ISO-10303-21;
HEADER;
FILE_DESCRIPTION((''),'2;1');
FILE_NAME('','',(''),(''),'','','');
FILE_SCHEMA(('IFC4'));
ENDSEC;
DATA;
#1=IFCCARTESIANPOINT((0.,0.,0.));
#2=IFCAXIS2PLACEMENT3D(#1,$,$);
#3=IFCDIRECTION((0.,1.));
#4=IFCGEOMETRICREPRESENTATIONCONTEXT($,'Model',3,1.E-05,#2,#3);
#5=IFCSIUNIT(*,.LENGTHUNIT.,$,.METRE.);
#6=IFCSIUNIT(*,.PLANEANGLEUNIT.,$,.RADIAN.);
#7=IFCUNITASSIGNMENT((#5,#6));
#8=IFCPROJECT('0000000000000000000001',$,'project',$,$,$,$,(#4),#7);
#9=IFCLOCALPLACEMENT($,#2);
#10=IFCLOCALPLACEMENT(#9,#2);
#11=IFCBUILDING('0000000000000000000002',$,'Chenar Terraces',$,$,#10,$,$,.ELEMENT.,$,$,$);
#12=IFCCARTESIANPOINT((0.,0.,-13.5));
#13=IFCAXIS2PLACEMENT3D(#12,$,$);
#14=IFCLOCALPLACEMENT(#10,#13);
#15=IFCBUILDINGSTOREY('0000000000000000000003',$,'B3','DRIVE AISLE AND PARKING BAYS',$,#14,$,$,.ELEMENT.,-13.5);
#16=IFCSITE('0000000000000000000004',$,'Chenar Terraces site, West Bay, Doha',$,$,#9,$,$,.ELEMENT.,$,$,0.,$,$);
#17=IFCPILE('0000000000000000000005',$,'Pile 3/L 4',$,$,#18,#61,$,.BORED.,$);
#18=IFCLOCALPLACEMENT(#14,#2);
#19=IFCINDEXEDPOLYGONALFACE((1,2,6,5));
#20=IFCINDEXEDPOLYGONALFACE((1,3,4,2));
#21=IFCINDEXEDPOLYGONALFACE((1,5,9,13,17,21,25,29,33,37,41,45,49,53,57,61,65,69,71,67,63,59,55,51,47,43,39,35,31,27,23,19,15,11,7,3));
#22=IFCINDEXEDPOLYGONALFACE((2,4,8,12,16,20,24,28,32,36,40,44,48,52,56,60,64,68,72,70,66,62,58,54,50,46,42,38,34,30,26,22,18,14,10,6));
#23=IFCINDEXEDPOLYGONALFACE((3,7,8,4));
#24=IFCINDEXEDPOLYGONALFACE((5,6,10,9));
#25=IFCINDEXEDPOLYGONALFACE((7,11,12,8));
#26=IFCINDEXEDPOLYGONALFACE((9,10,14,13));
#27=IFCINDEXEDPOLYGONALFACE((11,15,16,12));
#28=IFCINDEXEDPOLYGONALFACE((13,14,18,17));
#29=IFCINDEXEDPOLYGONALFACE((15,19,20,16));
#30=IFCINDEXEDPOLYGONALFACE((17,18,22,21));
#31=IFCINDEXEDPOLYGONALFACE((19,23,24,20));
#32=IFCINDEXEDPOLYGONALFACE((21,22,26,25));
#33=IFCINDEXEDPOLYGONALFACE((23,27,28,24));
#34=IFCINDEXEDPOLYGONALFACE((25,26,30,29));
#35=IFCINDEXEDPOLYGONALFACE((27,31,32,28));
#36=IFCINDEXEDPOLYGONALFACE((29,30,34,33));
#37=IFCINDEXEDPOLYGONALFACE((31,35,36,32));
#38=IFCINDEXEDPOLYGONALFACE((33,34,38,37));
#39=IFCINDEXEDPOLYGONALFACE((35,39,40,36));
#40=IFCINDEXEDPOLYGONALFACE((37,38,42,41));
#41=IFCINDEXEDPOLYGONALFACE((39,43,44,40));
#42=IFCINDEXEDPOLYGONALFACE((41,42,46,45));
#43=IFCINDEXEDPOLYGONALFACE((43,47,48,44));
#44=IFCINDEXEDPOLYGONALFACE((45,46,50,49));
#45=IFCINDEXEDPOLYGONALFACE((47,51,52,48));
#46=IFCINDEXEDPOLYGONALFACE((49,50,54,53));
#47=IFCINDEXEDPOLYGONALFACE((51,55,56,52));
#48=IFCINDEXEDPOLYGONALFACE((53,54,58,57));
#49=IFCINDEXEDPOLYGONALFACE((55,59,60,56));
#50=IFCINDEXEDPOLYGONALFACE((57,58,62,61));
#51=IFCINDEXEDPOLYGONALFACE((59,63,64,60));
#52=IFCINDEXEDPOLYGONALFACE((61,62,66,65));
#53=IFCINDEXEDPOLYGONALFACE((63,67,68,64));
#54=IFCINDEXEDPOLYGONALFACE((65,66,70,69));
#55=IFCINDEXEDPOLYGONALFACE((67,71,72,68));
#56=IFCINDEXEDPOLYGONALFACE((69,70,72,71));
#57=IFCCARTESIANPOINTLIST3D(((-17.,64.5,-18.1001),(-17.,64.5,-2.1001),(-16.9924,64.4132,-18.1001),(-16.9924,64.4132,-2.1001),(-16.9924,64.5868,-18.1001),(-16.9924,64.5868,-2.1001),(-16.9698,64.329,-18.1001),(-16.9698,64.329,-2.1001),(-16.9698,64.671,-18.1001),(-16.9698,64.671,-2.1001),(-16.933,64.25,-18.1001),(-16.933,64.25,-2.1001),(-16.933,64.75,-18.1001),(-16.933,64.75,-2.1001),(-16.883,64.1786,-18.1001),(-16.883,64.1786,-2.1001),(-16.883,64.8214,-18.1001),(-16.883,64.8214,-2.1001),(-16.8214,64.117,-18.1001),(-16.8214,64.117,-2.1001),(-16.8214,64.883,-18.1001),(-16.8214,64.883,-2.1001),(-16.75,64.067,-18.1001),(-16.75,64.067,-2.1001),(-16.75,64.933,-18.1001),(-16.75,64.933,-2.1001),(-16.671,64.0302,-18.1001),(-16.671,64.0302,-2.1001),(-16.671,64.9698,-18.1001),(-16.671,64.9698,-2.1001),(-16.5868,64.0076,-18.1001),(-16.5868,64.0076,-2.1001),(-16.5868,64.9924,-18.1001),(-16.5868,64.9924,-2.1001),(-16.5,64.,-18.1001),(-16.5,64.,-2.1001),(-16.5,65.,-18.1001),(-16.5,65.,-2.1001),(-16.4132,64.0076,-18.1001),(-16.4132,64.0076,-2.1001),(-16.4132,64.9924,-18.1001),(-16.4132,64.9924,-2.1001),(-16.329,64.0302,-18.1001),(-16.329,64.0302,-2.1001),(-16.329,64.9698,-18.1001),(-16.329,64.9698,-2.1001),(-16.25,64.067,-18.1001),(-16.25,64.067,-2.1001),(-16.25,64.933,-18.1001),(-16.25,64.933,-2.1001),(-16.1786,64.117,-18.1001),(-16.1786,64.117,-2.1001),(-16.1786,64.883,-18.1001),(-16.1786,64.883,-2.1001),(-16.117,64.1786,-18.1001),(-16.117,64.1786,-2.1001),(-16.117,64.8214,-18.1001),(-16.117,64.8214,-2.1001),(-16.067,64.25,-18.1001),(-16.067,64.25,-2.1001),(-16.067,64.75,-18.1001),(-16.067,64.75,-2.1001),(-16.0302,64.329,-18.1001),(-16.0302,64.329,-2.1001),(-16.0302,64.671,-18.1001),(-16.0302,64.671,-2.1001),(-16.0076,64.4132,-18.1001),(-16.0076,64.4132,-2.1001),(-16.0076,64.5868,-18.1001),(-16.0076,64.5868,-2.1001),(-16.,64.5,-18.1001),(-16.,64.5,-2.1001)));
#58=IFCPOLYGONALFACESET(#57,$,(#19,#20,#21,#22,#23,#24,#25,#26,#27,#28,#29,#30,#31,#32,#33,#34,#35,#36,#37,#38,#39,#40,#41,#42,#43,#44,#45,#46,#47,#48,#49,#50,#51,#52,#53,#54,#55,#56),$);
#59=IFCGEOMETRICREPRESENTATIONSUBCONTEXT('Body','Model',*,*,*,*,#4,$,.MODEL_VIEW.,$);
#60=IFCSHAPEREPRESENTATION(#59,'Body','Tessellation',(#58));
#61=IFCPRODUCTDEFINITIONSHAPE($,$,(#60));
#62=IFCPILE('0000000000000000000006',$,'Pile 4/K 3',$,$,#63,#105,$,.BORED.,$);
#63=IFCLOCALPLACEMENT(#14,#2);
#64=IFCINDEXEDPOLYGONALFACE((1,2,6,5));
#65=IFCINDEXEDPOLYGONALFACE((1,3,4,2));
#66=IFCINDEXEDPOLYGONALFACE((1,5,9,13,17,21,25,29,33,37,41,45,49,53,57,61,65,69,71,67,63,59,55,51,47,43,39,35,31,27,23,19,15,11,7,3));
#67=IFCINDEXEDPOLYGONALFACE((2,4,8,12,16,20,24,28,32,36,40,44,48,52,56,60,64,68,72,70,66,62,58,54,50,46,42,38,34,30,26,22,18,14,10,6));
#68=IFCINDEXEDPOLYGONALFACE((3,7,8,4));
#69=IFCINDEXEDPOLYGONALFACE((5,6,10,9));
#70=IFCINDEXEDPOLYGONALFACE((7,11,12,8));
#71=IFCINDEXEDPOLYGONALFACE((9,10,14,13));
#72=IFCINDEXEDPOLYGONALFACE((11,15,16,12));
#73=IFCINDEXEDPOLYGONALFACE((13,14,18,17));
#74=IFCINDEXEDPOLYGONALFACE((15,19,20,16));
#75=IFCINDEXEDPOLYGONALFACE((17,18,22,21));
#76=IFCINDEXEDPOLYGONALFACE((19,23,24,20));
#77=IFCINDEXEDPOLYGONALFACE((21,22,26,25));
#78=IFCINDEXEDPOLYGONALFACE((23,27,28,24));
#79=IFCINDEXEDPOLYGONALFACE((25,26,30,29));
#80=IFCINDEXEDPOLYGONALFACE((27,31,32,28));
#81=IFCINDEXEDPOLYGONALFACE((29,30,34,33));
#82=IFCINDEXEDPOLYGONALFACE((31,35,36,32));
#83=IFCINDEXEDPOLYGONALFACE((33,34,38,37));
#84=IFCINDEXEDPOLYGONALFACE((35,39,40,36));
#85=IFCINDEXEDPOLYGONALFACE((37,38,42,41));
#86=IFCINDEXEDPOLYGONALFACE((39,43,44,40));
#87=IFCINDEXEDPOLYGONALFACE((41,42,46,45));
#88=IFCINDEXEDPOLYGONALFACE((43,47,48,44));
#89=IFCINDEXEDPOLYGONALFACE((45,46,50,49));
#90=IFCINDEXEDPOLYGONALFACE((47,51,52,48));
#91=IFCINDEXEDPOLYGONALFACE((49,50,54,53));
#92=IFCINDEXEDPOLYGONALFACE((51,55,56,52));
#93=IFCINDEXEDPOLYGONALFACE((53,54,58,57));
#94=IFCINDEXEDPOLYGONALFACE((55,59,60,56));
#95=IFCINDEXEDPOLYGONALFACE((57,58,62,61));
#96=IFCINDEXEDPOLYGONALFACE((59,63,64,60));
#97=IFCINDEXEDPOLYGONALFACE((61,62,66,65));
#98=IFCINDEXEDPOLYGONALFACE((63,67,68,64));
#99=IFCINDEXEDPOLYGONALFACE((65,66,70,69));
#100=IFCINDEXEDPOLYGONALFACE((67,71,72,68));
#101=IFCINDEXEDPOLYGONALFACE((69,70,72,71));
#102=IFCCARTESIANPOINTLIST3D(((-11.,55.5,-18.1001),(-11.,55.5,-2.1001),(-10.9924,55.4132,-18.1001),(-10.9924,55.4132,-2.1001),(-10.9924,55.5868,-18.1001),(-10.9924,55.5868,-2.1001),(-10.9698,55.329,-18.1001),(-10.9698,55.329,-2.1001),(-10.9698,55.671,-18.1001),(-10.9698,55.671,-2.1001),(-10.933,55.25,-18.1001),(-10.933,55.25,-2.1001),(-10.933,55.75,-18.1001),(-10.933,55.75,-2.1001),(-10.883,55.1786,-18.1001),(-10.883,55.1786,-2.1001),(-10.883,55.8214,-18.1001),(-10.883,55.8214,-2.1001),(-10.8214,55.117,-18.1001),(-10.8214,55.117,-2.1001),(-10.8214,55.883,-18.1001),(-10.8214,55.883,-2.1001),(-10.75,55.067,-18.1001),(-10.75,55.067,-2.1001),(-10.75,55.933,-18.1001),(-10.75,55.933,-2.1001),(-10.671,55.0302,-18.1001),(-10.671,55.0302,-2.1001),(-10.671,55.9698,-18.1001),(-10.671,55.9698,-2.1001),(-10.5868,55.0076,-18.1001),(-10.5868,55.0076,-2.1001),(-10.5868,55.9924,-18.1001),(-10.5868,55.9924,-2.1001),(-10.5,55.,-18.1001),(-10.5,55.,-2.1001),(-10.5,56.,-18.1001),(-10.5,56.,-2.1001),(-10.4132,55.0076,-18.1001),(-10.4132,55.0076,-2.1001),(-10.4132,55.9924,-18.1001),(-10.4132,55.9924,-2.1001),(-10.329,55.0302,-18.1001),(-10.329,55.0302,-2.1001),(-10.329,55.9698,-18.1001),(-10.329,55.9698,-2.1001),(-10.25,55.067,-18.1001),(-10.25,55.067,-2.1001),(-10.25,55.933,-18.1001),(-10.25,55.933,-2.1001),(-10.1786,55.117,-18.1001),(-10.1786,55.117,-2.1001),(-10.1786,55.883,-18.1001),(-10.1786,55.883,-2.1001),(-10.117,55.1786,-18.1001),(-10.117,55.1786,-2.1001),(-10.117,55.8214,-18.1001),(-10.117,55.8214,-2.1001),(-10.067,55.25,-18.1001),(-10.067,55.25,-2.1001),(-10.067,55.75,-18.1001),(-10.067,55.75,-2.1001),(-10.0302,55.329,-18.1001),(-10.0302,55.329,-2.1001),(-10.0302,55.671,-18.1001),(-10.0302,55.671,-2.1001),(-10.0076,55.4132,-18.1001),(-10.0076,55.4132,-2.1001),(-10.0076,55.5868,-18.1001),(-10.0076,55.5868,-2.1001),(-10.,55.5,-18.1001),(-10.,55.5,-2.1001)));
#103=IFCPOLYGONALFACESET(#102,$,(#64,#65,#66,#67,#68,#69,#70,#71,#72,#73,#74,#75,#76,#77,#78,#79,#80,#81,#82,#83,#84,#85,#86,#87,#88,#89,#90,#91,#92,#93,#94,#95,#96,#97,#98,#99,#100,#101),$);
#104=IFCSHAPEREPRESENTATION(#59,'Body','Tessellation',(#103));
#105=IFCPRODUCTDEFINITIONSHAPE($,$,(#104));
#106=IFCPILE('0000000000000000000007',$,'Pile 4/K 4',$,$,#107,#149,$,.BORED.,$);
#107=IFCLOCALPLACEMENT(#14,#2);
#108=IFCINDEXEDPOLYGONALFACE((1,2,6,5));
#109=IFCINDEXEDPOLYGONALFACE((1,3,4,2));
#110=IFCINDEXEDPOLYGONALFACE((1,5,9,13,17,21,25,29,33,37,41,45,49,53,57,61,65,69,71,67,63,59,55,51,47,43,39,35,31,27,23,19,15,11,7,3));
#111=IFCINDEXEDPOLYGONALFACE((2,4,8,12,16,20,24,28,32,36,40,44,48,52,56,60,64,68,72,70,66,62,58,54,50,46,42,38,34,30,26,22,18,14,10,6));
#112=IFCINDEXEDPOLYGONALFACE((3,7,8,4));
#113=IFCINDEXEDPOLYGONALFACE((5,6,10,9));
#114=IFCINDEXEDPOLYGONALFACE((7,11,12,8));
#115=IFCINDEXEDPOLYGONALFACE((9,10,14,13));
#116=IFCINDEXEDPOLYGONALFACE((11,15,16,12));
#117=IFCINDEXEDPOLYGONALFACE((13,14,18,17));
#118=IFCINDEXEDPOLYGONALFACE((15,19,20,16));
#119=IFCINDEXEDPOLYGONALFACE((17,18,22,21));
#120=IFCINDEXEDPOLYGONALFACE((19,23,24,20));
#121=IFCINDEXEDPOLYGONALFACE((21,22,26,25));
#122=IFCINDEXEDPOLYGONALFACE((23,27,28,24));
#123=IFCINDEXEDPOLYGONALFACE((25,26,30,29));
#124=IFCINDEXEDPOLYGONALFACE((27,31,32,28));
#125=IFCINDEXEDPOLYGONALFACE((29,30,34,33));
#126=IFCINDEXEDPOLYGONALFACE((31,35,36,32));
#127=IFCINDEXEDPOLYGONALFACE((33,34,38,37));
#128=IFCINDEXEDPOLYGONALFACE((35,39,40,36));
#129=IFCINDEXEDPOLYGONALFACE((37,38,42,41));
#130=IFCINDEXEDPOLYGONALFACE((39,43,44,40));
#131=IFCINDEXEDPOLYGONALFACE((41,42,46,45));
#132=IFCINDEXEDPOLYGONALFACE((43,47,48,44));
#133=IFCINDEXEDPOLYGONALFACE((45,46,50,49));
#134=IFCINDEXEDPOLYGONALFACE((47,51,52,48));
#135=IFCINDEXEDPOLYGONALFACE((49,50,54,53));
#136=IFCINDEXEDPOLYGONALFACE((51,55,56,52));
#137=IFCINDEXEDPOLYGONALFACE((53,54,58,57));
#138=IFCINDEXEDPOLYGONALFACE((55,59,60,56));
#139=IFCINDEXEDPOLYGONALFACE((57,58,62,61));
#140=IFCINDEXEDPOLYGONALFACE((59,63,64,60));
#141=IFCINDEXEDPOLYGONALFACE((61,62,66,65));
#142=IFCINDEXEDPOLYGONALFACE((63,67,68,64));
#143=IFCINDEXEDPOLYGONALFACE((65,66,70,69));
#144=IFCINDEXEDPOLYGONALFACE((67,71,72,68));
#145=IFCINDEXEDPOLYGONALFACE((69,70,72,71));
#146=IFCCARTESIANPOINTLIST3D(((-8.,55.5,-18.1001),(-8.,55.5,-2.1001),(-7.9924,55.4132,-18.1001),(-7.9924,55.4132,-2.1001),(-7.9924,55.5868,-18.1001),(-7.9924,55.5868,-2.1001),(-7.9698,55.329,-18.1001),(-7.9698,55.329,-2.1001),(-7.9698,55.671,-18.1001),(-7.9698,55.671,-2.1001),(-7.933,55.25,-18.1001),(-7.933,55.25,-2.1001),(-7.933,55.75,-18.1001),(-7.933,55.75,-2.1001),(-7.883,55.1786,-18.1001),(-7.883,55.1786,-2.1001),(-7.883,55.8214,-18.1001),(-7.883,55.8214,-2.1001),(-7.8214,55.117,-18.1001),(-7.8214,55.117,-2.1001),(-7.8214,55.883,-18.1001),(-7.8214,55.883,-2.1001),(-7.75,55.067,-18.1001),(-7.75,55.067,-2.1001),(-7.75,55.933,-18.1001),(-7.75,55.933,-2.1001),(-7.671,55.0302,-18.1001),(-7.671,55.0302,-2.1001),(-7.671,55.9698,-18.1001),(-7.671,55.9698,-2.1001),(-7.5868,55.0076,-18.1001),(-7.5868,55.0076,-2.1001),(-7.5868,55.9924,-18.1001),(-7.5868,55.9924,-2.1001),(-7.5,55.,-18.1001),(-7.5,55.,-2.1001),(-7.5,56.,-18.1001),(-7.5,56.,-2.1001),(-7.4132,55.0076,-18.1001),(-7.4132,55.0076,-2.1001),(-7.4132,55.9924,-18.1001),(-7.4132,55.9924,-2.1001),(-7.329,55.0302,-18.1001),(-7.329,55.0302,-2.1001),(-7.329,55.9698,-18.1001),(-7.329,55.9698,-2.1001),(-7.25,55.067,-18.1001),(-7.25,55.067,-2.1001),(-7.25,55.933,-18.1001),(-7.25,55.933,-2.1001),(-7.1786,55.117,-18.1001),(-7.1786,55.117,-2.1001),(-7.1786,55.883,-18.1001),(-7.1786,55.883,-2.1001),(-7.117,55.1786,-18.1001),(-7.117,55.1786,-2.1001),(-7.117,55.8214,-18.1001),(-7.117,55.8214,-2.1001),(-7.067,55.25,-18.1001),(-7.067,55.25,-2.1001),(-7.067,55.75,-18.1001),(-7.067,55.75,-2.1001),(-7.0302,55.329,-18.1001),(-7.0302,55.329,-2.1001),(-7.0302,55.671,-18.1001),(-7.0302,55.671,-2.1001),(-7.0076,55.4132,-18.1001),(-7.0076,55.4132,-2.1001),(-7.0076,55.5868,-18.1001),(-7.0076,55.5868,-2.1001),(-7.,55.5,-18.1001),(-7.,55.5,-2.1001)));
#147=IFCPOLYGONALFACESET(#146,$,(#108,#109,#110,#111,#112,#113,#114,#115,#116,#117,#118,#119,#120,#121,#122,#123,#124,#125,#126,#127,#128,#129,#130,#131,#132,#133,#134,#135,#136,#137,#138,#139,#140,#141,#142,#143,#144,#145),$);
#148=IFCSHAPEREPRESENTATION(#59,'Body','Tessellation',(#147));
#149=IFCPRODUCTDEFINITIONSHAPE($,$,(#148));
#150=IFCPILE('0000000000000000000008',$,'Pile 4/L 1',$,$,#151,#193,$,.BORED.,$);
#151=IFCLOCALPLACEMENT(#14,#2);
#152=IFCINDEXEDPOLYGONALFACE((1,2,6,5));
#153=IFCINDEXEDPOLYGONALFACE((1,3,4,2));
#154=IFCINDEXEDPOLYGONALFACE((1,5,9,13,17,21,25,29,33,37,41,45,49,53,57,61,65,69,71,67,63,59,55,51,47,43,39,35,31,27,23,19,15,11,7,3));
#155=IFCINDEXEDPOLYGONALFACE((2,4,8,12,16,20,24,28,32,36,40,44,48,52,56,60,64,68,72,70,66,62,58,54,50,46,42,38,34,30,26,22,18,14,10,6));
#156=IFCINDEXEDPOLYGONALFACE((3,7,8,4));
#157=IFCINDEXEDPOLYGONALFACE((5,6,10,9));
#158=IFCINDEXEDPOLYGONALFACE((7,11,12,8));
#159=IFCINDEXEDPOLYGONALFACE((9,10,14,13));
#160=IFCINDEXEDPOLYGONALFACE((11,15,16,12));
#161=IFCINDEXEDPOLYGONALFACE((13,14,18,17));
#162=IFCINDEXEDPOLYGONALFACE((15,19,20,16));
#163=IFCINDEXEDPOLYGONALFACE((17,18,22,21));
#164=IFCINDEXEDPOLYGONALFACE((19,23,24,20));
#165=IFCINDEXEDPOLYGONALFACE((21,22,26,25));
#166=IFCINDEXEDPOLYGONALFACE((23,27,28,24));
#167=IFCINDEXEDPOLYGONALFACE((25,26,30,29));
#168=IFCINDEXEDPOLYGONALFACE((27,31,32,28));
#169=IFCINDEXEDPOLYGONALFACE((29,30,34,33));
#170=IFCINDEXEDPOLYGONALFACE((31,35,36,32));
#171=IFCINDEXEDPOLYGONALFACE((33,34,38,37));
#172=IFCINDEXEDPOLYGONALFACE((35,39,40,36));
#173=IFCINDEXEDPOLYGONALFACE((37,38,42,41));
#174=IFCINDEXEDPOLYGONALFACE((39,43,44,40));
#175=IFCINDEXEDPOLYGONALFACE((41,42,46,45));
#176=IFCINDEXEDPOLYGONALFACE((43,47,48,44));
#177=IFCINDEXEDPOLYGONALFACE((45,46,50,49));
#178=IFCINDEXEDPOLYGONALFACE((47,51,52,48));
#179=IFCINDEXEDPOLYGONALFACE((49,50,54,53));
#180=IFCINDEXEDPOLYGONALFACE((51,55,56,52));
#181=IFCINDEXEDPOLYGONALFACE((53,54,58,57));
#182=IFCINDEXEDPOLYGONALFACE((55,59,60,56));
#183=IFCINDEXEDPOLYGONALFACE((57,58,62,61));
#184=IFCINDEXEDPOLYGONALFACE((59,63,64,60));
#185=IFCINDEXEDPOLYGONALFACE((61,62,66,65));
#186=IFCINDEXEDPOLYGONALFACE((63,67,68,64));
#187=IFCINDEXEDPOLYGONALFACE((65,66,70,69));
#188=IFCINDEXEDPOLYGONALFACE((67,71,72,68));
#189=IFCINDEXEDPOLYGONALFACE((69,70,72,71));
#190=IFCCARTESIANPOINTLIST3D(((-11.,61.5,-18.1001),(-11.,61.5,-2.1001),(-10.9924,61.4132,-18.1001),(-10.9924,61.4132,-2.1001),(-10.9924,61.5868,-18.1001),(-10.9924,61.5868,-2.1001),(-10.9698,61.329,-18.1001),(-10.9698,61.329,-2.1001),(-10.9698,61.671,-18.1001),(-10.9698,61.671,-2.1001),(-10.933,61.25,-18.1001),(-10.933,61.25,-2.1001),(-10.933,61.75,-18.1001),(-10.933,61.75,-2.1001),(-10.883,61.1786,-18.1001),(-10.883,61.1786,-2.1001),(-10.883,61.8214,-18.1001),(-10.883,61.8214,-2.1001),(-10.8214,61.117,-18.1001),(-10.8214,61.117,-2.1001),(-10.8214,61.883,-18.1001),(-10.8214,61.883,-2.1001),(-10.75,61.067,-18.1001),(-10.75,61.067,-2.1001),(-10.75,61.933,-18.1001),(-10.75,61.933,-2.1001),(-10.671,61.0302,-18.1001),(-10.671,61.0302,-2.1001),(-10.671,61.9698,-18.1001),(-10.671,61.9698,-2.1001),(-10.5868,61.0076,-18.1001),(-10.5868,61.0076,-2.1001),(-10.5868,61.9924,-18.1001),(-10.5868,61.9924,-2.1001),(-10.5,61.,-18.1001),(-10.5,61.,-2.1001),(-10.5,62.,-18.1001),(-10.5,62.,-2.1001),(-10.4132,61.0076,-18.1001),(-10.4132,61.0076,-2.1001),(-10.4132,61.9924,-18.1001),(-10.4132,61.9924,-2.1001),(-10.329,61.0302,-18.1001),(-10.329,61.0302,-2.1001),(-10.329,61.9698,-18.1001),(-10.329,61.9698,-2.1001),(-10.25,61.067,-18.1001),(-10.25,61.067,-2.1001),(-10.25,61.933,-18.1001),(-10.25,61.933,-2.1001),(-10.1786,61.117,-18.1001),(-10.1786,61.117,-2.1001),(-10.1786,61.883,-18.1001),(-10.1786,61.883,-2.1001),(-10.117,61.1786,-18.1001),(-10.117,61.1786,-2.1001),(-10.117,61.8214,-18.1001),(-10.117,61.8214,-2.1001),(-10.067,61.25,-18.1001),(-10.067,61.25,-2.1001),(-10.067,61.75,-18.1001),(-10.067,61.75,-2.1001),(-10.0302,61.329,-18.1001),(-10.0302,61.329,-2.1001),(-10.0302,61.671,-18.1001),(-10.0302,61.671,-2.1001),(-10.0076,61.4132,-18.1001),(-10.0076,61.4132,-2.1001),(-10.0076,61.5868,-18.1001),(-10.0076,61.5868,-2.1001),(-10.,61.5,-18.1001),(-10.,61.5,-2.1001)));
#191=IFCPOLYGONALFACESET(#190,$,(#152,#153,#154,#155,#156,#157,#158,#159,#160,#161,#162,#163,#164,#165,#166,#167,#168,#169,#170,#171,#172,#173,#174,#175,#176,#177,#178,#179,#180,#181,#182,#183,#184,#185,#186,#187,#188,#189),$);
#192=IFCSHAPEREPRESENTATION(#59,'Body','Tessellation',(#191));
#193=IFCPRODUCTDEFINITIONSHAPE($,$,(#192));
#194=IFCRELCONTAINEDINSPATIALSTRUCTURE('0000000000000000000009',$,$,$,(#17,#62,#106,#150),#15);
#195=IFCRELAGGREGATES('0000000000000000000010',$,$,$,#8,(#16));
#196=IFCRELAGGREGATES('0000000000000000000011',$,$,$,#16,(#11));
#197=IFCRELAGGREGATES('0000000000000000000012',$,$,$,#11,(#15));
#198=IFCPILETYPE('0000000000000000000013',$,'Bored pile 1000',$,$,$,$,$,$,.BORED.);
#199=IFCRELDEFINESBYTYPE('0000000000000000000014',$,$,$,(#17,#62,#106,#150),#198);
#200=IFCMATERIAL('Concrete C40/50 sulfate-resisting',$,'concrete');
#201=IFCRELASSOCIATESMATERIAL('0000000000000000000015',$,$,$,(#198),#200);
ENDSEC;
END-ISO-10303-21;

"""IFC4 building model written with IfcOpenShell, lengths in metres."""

from ifc_helpers import new_model, si_unit, direction, frame, origin, origin_2d, place, context, subcontext, project, spatial, circle, extrude, material, material_profile, profile_set, type_object, element, save


model = new_model("IFC4")

# Units and contexts
model_context = context("Model", 3, precision=1e-05, world=origin(), true_north=direction((0.0, 1.0)))
body_context = subcontext(model_context, "Body", "Model", "MODEL_VIEW")
ifc_project = project(units=[si_unit("LENGTHUNIT", "METRE"), si_unit("PLANEANGLEUNIT", "RADIAN")], contexts=[model_context])

# Site, building, storey
site_placement = place(None, origin())
site = spatial("IfcSite", under=ifc_project, at=site_placement, Name="Chenar Terraces site, West Bay, Doha", CompositionType="ELEMENT", RefElevation=0.0)
building_placement = place(site_placement, origin())
building = spatial("IfcBuilding", under=site, at=building_placement, Name="Chenar Terraces", CompositionType="ELEMENT")
storey_placement = place(building_placement, frame((0.0, 0.0, -13.5)))
storey = spatial("IfcBuildingStorey", under=building, at=storey_placement, Name="B3", Description="DRIVE AISLE AND PARKING BAYS", CompositionType="ELEMENT", Elevation=-13.5)

# Piles
ifc_material_1 = material(Name="Concrete C40/50 sulfate-resisting", Category="concrete")
ifc_material_profile_1 = material_profile(ifc_material_1, circle(Radius=0.5, at=origin_2d()), Name="BP 1000")
ifc_profile_set_1 = profile_set([ifc_material_profile_1], Name="Concrete C40/50 sulfate-resisting")
pile_type_1 = type_object("IfcPileType", Name="Bored pile 1000", PredefinedType="BORED", material=ifc_profile_set_1)
for number, where, z_axis, x_axis, name in (
    (1, (-16.5, 64.5, -2.1001), (0.0, 0.0, -1.0), (1.0, 0.0, 0.0), "Pile 3/L 4"),
    (2, (-10.5, 55.5, -2.1001), (0.0, 0.0, -1.0), (1.0, 0.0, 0.0), "Pile 4/K 3"),
    (3, (-7.5, 55.5, -2.1001), (0.0, 0.0, -1.0), (1.0, 0.0, 0.0), "Pile 4/K 4"),
    (4, (-10.5, 61.5, -2.1001), (0.0, 0.0, -1.0), (1.0, 0.0, 0.0), "Pile 4/L 1"),
):
    element("IfcPile", number, at=place(storey_placement, frame(where, z_axis=z_axis, x_axis=x_axis)), inside=storey, type_object=pile_type_1, Name=name, PredefinedType="BORED", context=body_context, shape_type="SweptSolid", body=[
        extrude(circle(Radius=0.5, at=origin_2d()), origin(), (0.0, 0.0, 1.0), 16.0),
    ])

save(model, "model.ifc")
